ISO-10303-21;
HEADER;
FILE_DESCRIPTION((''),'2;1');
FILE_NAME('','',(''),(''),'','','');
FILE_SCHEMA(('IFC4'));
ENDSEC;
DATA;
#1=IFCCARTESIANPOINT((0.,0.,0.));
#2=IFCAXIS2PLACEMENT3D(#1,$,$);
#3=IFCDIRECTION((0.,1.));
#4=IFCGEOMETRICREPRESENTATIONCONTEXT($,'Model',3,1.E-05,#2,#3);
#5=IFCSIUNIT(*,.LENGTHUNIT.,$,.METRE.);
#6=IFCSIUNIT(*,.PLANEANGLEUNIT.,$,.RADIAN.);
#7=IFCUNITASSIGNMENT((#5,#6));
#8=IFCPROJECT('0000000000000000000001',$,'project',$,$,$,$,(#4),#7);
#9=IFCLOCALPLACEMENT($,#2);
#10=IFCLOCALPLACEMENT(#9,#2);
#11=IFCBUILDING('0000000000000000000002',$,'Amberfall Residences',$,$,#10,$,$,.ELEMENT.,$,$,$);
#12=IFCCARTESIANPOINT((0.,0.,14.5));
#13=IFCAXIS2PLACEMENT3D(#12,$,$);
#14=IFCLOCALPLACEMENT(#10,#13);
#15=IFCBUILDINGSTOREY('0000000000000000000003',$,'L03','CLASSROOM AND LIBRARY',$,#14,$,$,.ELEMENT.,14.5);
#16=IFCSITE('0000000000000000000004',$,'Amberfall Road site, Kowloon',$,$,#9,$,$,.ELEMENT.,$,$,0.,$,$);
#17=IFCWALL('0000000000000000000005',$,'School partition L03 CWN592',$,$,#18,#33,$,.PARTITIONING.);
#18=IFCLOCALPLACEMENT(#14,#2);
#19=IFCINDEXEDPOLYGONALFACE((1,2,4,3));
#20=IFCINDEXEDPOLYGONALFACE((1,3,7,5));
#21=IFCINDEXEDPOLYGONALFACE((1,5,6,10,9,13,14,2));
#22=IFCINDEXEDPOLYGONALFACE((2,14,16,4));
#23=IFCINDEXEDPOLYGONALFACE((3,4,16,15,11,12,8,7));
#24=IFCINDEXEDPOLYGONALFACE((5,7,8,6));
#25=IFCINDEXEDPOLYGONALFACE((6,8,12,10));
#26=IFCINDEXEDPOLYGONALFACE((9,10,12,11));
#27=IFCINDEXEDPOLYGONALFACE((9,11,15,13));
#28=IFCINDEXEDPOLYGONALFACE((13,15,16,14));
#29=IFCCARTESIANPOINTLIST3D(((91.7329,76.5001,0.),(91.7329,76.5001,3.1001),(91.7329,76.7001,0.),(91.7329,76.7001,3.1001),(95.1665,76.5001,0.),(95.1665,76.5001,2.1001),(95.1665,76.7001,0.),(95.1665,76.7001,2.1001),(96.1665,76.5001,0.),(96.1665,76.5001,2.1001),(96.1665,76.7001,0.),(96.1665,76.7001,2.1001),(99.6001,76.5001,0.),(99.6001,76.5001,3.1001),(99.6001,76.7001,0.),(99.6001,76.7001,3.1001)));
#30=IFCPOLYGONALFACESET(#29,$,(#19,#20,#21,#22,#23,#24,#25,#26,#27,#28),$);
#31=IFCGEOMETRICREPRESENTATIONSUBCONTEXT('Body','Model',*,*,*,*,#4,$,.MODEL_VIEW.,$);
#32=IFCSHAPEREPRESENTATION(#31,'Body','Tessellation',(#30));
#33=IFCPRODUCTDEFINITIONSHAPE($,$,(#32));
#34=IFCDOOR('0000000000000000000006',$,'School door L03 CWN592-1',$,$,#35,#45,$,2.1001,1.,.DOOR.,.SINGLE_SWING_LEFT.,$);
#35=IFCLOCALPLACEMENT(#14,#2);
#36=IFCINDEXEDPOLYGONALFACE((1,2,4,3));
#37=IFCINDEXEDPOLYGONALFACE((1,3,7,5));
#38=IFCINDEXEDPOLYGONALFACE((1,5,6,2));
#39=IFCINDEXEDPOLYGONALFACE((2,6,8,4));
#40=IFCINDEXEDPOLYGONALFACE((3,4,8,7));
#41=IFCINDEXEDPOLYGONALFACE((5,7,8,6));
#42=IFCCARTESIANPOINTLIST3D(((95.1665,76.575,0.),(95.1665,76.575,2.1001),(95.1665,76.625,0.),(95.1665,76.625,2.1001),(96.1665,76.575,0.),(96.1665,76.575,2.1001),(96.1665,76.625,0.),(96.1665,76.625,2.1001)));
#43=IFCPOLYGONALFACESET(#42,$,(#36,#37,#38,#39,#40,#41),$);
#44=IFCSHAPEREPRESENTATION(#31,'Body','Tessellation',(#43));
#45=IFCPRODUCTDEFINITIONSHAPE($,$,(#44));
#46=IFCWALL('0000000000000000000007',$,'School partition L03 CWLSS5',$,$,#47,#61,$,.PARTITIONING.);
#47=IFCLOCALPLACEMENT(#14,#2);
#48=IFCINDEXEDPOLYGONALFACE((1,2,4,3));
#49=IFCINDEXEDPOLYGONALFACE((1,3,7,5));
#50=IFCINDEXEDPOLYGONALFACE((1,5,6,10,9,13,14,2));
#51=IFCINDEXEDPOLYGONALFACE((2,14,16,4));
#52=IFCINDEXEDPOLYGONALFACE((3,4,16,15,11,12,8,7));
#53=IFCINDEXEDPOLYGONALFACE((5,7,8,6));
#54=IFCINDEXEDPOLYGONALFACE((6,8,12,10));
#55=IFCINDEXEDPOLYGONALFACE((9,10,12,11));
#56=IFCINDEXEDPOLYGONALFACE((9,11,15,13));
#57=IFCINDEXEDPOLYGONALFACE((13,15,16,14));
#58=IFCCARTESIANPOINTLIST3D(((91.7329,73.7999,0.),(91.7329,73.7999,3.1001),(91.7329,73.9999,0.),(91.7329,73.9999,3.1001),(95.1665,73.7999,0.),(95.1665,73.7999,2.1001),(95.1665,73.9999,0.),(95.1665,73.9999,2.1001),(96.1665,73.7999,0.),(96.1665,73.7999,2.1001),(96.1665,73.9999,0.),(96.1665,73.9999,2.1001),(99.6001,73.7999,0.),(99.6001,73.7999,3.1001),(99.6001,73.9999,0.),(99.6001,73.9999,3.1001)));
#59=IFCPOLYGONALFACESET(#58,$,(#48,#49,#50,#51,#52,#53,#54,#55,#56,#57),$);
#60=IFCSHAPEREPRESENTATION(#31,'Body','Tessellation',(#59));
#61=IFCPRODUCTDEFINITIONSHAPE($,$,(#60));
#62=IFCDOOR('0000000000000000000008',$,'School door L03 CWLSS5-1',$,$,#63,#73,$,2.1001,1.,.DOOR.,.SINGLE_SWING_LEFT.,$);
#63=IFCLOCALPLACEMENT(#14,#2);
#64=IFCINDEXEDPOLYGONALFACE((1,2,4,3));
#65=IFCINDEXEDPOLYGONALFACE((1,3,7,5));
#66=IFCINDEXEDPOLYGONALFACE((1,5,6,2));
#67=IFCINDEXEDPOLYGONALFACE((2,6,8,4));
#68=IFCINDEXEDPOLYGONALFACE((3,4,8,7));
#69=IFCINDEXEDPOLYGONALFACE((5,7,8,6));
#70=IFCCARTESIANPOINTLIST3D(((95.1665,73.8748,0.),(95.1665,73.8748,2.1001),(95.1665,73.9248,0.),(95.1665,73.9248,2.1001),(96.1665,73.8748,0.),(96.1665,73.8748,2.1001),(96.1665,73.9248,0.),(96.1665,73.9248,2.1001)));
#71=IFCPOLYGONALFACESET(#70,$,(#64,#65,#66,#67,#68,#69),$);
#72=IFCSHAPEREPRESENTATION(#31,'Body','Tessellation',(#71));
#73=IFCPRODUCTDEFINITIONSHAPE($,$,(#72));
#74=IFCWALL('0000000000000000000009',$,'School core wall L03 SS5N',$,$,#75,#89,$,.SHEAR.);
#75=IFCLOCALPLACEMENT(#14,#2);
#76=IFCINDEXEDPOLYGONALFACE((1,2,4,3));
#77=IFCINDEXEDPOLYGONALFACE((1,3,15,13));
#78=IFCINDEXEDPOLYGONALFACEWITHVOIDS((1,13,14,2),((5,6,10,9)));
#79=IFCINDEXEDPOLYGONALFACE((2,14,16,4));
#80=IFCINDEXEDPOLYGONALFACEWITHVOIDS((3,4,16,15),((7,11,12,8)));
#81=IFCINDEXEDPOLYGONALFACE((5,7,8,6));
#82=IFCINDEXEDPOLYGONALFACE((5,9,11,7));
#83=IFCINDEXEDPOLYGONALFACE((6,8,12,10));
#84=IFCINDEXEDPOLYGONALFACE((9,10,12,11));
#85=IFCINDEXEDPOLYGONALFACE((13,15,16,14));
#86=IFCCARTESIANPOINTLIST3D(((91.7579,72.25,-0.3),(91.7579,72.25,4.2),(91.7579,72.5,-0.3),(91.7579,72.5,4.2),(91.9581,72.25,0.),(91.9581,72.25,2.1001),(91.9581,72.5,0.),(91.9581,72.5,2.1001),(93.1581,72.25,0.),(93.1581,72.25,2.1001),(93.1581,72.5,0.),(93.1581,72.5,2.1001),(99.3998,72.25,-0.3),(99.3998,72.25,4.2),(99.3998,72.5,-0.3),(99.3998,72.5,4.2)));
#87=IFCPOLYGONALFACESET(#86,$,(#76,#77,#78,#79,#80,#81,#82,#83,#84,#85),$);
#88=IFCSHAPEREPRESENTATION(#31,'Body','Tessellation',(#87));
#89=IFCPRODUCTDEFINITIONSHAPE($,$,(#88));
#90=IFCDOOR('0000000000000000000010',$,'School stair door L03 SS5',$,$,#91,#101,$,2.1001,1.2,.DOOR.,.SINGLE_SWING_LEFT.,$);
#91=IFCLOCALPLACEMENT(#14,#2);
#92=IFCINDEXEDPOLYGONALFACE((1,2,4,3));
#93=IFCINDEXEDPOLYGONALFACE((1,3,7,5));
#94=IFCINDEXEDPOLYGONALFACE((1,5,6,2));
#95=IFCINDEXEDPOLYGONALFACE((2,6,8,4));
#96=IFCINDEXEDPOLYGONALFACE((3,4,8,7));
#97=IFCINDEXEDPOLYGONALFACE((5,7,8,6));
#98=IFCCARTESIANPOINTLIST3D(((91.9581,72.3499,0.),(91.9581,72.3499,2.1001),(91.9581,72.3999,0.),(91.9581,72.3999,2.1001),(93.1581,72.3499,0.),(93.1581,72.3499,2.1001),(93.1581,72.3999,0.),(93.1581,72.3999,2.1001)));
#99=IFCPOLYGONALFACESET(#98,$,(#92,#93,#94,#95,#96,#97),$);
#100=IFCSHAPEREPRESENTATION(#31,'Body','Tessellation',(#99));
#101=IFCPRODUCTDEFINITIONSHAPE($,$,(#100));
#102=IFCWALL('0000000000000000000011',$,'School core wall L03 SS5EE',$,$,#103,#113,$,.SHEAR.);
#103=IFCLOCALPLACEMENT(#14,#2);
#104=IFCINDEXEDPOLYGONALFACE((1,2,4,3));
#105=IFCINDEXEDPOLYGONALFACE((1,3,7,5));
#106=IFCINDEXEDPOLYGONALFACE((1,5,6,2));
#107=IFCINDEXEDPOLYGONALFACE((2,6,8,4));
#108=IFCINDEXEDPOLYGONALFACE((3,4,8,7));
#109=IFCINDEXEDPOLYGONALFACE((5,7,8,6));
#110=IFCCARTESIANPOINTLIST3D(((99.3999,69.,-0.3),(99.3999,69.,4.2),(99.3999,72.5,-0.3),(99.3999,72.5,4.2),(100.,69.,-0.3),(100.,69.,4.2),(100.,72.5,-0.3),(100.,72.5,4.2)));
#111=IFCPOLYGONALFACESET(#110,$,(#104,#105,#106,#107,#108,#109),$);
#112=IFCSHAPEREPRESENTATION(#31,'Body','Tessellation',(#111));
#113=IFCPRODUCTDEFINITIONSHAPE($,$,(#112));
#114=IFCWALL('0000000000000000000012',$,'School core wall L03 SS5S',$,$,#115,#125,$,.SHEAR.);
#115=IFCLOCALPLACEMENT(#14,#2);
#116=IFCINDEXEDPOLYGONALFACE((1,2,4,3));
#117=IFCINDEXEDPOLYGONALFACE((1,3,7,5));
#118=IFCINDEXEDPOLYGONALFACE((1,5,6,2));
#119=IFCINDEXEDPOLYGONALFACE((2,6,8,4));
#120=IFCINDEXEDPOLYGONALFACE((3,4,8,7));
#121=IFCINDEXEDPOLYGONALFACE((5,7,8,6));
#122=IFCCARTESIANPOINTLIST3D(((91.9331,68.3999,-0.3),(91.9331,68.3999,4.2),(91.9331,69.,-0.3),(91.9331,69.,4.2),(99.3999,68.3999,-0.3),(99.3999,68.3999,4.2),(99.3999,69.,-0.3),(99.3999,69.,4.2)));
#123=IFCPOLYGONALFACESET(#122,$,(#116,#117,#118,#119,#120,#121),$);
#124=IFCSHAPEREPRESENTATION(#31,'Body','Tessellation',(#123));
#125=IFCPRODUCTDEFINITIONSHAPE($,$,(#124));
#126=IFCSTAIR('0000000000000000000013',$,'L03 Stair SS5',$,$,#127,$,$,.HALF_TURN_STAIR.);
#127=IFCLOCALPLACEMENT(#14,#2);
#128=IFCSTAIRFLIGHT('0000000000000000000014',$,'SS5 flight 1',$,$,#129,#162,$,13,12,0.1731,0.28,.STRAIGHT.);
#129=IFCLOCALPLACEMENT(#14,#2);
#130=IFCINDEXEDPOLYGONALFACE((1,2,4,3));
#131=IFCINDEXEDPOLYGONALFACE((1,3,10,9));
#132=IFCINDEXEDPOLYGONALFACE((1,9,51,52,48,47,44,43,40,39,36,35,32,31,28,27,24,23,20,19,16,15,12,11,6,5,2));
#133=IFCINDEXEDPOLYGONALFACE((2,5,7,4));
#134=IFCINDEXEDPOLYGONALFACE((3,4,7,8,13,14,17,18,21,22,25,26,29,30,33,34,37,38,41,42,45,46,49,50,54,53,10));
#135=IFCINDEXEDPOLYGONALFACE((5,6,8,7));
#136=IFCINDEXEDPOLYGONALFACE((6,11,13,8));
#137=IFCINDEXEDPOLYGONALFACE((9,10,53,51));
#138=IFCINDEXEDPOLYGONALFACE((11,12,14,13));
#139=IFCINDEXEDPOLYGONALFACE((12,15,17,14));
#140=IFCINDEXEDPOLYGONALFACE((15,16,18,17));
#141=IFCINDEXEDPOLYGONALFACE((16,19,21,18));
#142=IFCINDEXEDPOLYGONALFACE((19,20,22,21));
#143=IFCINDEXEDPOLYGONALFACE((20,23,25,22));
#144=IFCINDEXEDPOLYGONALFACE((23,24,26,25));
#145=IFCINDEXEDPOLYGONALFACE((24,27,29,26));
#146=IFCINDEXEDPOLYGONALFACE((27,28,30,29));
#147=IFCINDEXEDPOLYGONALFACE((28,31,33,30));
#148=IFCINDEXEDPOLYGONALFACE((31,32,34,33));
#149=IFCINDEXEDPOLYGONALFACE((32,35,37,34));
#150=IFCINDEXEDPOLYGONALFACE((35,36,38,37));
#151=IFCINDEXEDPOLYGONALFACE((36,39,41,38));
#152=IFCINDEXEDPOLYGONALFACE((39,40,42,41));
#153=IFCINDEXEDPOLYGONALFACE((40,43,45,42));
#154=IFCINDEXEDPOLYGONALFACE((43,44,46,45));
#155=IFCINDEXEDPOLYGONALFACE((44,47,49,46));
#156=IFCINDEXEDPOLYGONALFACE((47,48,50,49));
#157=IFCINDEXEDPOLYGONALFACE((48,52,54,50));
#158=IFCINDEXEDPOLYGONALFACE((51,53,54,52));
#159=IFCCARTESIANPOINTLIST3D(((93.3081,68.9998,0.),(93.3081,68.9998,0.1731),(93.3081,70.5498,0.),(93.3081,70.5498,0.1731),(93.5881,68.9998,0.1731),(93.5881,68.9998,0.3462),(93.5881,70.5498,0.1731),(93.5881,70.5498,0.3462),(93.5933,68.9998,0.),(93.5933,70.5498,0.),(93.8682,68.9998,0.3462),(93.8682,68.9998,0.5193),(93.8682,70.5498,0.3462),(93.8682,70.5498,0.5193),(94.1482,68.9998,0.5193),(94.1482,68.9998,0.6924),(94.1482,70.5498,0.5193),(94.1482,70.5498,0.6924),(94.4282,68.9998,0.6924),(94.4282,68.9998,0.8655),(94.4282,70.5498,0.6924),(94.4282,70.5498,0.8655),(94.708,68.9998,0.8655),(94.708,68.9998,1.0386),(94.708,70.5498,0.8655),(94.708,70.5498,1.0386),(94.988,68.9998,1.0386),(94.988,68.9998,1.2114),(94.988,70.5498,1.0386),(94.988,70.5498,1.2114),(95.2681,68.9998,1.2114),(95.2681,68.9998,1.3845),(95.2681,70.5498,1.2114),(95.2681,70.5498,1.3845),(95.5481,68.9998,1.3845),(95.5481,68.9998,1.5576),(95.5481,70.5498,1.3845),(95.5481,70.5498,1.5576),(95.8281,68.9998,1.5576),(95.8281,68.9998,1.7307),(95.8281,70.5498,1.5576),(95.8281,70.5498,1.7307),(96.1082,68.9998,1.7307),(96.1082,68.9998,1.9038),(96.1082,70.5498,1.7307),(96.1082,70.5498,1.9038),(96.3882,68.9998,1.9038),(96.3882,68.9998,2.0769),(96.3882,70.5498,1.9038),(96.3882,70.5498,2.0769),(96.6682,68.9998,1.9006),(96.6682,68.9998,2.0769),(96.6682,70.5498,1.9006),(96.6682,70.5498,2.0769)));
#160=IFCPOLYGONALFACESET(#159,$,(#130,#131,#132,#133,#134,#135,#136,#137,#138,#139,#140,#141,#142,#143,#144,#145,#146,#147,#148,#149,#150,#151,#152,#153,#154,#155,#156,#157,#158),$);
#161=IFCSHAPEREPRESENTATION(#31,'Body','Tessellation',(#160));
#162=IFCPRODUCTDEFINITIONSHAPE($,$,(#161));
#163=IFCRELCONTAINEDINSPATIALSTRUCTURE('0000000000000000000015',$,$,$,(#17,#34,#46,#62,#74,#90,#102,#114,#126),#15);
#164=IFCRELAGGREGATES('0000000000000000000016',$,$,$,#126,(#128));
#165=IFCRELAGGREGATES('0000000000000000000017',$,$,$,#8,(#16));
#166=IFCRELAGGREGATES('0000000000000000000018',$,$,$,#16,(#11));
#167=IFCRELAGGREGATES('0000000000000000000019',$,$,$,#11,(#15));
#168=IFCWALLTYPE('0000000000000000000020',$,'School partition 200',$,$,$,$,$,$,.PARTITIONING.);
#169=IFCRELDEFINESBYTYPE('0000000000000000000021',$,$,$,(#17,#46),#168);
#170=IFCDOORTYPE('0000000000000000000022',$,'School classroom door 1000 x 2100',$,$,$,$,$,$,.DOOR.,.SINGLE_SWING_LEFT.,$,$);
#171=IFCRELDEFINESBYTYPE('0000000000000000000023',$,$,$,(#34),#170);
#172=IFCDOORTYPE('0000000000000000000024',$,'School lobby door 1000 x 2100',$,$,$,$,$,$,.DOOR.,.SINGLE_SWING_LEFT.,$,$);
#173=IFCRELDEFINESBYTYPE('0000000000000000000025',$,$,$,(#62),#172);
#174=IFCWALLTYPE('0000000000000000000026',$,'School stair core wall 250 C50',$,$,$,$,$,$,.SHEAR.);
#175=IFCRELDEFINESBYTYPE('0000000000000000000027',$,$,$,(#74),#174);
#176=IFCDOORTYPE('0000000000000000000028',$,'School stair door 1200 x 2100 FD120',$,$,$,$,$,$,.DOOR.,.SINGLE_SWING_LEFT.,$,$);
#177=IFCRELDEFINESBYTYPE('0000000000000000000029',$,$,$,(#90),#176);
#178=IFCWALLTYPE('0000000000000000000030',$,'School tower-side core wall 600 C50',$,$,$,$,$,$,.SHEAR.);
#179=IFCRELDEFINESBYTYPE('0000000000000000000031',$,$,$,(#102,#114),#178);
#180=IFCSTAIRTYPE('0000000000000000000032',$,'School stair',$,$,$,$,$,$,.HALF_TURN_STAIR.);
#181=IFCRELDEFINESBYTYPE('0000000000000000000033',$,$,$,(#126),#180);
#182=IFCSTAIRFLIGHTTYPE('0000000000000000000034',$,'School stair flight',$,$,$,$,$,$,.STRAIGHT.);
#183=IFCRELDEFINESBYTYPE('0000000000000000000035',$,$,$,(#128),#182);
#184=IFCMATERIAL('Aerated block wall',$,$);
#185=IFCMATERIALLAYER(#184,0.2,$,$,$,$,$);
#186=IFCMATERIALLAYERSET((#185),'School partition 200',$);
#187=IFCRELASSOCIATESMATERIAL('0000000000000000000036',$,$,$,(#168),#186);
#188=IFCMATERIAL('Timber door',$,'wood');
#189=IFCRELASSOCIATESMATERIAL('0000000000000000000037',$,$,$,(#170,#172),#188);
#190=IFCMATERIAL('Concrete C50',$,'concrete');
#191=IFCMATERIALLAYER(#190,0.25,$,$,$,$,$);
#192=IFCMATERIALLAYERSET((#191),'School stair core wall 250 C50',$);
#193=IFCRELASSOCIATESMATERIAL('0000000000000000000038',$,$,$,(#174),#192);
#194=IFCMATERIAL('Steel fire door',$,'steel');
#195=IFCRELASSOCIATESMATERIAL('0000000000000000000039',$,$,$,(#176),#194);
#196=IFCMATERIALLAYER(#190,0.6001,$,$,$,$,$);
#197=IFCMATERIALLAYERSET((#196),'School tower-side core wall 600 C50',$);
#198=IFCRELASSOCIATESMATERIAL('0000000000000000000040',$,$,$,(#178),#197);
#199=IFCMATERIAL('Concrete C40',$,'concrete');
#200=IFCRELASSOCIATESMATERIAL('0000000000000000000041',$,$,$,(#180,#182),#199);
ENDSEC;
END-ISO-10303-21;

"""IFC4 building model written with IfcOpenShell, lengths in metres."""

from ifc_helpers import new_model, si_unit, direction, frame, frame_2d, origin, place, context, subcontext, project, spatial, polyline, rectangle, outline, extrude, material, layer, layer_set, type_object, element, fill, aggregate, save


model = new_model("IFC4")

# Units and contexts
model_context = context("Model", 3, precision=1e-05, world=origin(), true_north=direction((0.0, 1.0)))
body_context = subcontext(model_context, "Body", "Model", "MODEL_VIEW")
ifc_project = project(units=[si_unit("LENGTHUNIT", "METRE"), si_unit("PLANEANGLEUNIT", "RADIAN")], contexts=[model_context])

# Site, building, storey
site_placement = place(None, origin())
site = spatial("IfcSite", under=ifc_project, at=site_placement, Name="Amberfall Road site, Kowloon", CompositionType="ELEMENT", RefElevation=0.0)
building_placement = place(site_placement, origin())
building = spatial("IfcBuilding", under=site, at=building_placement, Name="Amberfall Residences", CompositionType="ELEMENT")
storey_placement = place(building_placement, frame((0.0, 0.0, 14.5)))
storey = spatial("IfcBuildingStorey", under=building, at=storey_placement, Name="L03", Description="CLASSROOM AND LIBRARY", CompositionType="ELEMENT", Elevation=14.5)

# Shared definitions
ifc_material_1 = material(Name="Concrete C40", Category="concrete")

# Shared definitions
ifc_material_2 = material(Name="Aerated block wall")

# Walls, openings, doors
ifc_layer_1 = layer(ifc_material_2, 0.2)
ifc_layer_set_1 = layer_set([ifc_layer_1], Name="School partition 200")
wall_type_1 = type_object("IfcWallType", Name="School partition 200", PredefinedType="PARTITIONING", material=ifc_layer_set_1)
wall_1_placement = place(storey_placement, frame((91.7329, 76.6001, 0.0), z_axis=(0.0, 0.0, 1.0), x_axis=(1.0, 0.0, 0.0)))
wall_1 = element("IfcWall", 1, at=wall_1_placement, inside=storey, type_object=wall_type_1, Name="School partition L03 CWN592", PredefinedType="PARTITIONING", context=body_context, shape_type="SweptSolid", body=[
    extrude(rectangle(XDim=7.8672, YDim=0.2, at=frame_2d((3.9336, 0.0))), origin(), (0.0, 0.0, 1.0), 3.1001),
])
opening_1_placement = place(wall_1_placement, frame((3.4336, 0.0, 0.0)))
opening_1 = element("IfcOpeningElement", 2, at=opening_1_placement, cuts=wall_1, PredefinedType="OPENING", context=body_context, shape_type="SweptSolid", body=[
    extrude(rectangle(XDim=1.0, YDim=2.1001, at=frame_2d((0.5, 1.05))), frame((0.0, 0.1099, 0.0), z_axis=(0.0, -1.0, 0.0), x_axis=(1.0, 0.0, 0.0)), (0.0, 0.0, 1.0), 0.22),
])
ifc_material_3 = material(Name="Timber door", Category="wood")
door_type_1 = type_object("IfcDoorType", Name="School classroom door 1000 x 2100", OperationType="SINGLE_SWING_LEFT", PredefinedType="DOOR", material=ifc_material_3)
door_1_placement = place(opening_1_placement, origin())
door_1 = element("IfcDoor", 3, at=door_1_placement, inside=storey, type_object=door_type_1, Name="School door L03 CWN592-1", OperationType="SINGLE_SWING_LEFT", OverallHeight=2.1001, OverallWidth=1.0, PredefinedType="DOOR", context=body_context, shape_type="SweptSolid", body=[
    extrude(rectangle(XDim=1.0, YDim=2.1001, at=frame_2d((0.5, 1.05))), frame((0.0, 0.0249, 0.0), z_axis=(0.0, -1.0, 0.0), x_axis=(1.0, 0.0, 0.0)), (0.0, 0.0, 1.0), 0.05),
])
fill(opening_1, door_1)
wall_2_placement = place(storey_placement, frame((91.7329, 73.8999, 0.0), z_axis=(0.0, 0.0, 1.0), x_axis=(1.0, 0.0, 0.0)))
wall_2 = element("IfcWall", 4, at=wall_2_placement, inside=storey, type_object=wall_type_1, Name="School partition L03 CWLSS5", PredefinedType="PARTITIONING", context=body_context, shape_type="SweptSolid", body=[
    extrude(rectangle(XDim=7.8672, YDim=0.2, at=frame_2d((3.9336, 0.0))), origin(), (0.0, 0.0, 1.0), 3.1001),
])
opening_2_placement = place(wall_2_placement, frame((3.4336, 0.0, 0.0)))
opening_2 = element("IfcOpeningElement", 5, at=opening_2_placement, cuts=wall_2, PredefinedType="OPENING", context=body_context, shape_type="SweptSolid", body=[
    extrude(rectangle(XDim=1.0, YDim=2.1001, at=frame_2d((0.5, 1.05))), frame((0.0, 0.1099, 0.0), z_axis=(0.0, -1.0, 0.0), x_axis=(1.0, 0.0, 0.0)), (0.0, 0.0, 1.0), 0.22),
])
door_type_2 = type_object("IfcDoorType", Name="School lobby door 1000 x 2100", OperationType="SINGLE_SWING_LEFT", PredefinedType="DOOR", material=ifc_material_3)
door_2_placement = place(opening_2_placement, origin())
door_2 = element("IfcDoor", 6, at=door_2_placement, inside=storey, type_object=door_type_2, Name="School door L03 CWLSS5-1", OperationType="SINGLE_SWING_LEFT", OverallHeight=2.1001, OverallWidth=1.0, PredefinedType="DOOR", context=body_context, shape_type="SweptSolid", body=[
    extrude(rectangle(XDim=1.0, YDim=2.1001, at=frame_2d((0.5, 1.05))), frame((0.0, 0.0249, 0.0), z_axis=(0.0, -1.0, 0.0), x_axis=(1.0, 0.0, 0.0)), (0.0, 0.0, 1.0), 0.05),
])
fill(opening_2, door_2)
ifc_material_4 = material(Name="Concrete C50", Category="concrete")
ifc_layer_2 = layer(ifc_material_4, 0.25)
ifc_layer_set_2 = layer_set([ifc_layer_2], Name="School stair core wall 250 C50")
wall_type_2 = type_object("IfcWallType", Name="School stair core wall 250 C50", PredefinedType="SHEAR", material=ifc_layer_set_2)
wall_3_placement = place(storey_placement, frame((91.7581, 72.375, -0.3), z_axis=(0.0, 0.0, 1.0), x_axis=(1.0, 0.0, 0.0)))
wall_3 = element("IfcWall", 7, at=wall_3_placement, inside=storey, type_object=wall_type_2, Name="School core wall L03 SS5N", PredefinedType="SHEAR", context=body_context, shape_type="SweptSolid", body=[
    extrude(rectangle(XDim=7.6418, YDim=0.25, at=frame_2d((3.8208, 0.0))), origin(), (0.0, 0.0, 1.0), 4.5),
])
opening_3_placement = place(wall_3_placement, frame((0.2, 0.0, 0.3)))
opening_3 = element("IfcOpeningElement", 8, at=opening_3_placement, cuts=wall_3, PredefinedType="OPENING", context=body_context, shape_type="SweptSolid", body=[
    extrude(rectangle(XDim=1.2, YDim=2.1001, at=frame_2d((0.6001, 1.05))), frame((0.0, 0.135, 0.0), z_axis=(0.0, -1.0, 0.0), x_axis=(1.0, 0.0, 0.0)), (0.0, 0.0, 1.0), 0.27),
])
ifc_material_5 = material(Name="Steel fire door", Category="steel")
door_type_3 = type_object("IfcDoorType", Name="School stair door 1200 x 2100 FD120", OperationType="SINGLE_SWING_LEFT", PredefinedType="DOOR", material=ifc_material_5)
door_3_placement = place(opening_3_placement, origin())
door_3 = element("IfcDoor", 9, at=door_3_placement, inside=storey, type_object=door_type_3, Name="School stair door L03 SS5", OperationType="SINGLE_SWING_LEFT", OverallHeight=2.1001, OverallWidth=1.2, PredefinedType="DOOR", context=body_context, shape_type="SweptSolid", body=[
    extrude(rectangle(XDim=1.2, YDim=2.1001, at=frame_2d((0.6001, 1.05))), frame((0.0, 0.0249, 0.0), z_axis=(0.0, -1.0, 0.0), x_axis=(1.0, 0.0, 0.0)), (0.0, 0.0, 1.0), 0.05),
])
fill(opening_3, door_3)

# Walls
ifc_layer_3 = layer(ifc_material_4, 0.6001)
ifc_layer_set_3 = layer_set([ifc_layer_3], Name="School tower-side core wall 600 C50")
wall_type_3 = type_object("IfcWallType", Name="School tower-side core wall 600 C50", PredefinedType="SHEAR", material=ifc_layer_set_3)
wall_4_placement = place(storey_placement, frame((99.7, 69.0, -0.3), z_axis=(0.0, 0.0, 1.0), x_axis=(0.0, 1.0, 0.0)))
element("IfcWall", 10, at=wall_4_placement, inside=storey, type_object=wall_type_3, Name="School core wall L03 SS5EE", PredefinedType="SHEAR", context=body_context, shape_type="SweptSolid", body=[
    extrude(rectangle(XDim=3.5, YDim=0.6001, at=frame_2d((1.75, 0.0))), origin(), (0.0, 0.0, 1.0), 4.5),
])
wall_5_placement = place(storey_placement, frame((91.9331, 68.7, -0.3), z_axis=(0.0, 0.0, 1.0), x_axis=(1.0, 0.0, 0.0)))
element("IfcWall", 11, at=wall_5_placement, inside=storey, type_object=wall_type_3, Name="School core wall L03 SS5S", PredefinedType="SHEAR", context=body_context, shape_type="SweptSolid", body=[
    extrude(rectangle(XDim=7.4668, YDim=0.6001, at=frame_2d((3.7334, 0.0))), origin(), (0.0, 0.0, 1.0), 4.5),
])

# Stair, stair flight
stair_type = type_object("IfcStairType", Name="School stair", PredefinedType="HALF_TURN_STAIR", material=ifc_material_1)
stair_placement = place(storey_placement, origin())
stair = element("IfcStair", 12, at=stair_placement, inside=storey, type_object=stair_type, Name="L03 Stair SS5", PredefinedType="HALF_TURN_STAIR")
stair_flight_type = type_object("IfcStairFlightType", Name="School stair flight", PredefinedType="STRAIGHT", material=ifc_material_1)
stair_flight_1_placement = place(storey_placement, frame((93.3081, 69.7749, 0.0), z_axis=(0.0, 0.0, 1.0), x_axis=(1.0, 0.0, 0.0)))
stair_flight_1 = element("IfcStairFlight", 13, at=stair_flight_1_placement, type_object=stair_flight_type, Name="SS5 flight 1", NumberOfRisers=13, NumberOfTreads=12, PredefinedType="STRAIGHT", RiserHeight=0.1731, TreadLength=0.28, context=body_context, shape_type="SweptSolid", body=[
    extrude(outline(polyline([(0.0, 0.0), (0.0, 0.1731), (0.28, 0.1731), (0.28, 0.3462), (0.5601, 0.3462), (0.5601, 0.5193), (0.8401, 0.5193), (0.8401, 0.6924), (1.1201, 0.6924), (1.1201, 0.8655), (1.3999, 0.8655), (1.3999, 1.0386), (1.6799, 1.0386), (1.6799, 1.2114), (1.96, 1.2114), (1.96, 1.3845), (2.24, 1.3845), (2.24, 1.5576), (2.52, 1.5576), (2.52, 1.7307), (2.8, 1.7307), (2.8, 1.9038), (3.0801, 1.9038), (3.0801, 2.0769), (3.3601, 2.0769), (3.3601, 2.25), (3.3601, 1.9006), (0.2852, 0.0), (0.0, 0.0)])), frame((0.0, 0.7749, 0.0), z_axis=(0.0, -1.0, 0.0), x_axis=(1.0, 0.0, 0.0)), (0.0, 0.0, 1.0), 1.55),
])
aggregate(stair, [stair_flight_1])

save(model, "model.ifc")
